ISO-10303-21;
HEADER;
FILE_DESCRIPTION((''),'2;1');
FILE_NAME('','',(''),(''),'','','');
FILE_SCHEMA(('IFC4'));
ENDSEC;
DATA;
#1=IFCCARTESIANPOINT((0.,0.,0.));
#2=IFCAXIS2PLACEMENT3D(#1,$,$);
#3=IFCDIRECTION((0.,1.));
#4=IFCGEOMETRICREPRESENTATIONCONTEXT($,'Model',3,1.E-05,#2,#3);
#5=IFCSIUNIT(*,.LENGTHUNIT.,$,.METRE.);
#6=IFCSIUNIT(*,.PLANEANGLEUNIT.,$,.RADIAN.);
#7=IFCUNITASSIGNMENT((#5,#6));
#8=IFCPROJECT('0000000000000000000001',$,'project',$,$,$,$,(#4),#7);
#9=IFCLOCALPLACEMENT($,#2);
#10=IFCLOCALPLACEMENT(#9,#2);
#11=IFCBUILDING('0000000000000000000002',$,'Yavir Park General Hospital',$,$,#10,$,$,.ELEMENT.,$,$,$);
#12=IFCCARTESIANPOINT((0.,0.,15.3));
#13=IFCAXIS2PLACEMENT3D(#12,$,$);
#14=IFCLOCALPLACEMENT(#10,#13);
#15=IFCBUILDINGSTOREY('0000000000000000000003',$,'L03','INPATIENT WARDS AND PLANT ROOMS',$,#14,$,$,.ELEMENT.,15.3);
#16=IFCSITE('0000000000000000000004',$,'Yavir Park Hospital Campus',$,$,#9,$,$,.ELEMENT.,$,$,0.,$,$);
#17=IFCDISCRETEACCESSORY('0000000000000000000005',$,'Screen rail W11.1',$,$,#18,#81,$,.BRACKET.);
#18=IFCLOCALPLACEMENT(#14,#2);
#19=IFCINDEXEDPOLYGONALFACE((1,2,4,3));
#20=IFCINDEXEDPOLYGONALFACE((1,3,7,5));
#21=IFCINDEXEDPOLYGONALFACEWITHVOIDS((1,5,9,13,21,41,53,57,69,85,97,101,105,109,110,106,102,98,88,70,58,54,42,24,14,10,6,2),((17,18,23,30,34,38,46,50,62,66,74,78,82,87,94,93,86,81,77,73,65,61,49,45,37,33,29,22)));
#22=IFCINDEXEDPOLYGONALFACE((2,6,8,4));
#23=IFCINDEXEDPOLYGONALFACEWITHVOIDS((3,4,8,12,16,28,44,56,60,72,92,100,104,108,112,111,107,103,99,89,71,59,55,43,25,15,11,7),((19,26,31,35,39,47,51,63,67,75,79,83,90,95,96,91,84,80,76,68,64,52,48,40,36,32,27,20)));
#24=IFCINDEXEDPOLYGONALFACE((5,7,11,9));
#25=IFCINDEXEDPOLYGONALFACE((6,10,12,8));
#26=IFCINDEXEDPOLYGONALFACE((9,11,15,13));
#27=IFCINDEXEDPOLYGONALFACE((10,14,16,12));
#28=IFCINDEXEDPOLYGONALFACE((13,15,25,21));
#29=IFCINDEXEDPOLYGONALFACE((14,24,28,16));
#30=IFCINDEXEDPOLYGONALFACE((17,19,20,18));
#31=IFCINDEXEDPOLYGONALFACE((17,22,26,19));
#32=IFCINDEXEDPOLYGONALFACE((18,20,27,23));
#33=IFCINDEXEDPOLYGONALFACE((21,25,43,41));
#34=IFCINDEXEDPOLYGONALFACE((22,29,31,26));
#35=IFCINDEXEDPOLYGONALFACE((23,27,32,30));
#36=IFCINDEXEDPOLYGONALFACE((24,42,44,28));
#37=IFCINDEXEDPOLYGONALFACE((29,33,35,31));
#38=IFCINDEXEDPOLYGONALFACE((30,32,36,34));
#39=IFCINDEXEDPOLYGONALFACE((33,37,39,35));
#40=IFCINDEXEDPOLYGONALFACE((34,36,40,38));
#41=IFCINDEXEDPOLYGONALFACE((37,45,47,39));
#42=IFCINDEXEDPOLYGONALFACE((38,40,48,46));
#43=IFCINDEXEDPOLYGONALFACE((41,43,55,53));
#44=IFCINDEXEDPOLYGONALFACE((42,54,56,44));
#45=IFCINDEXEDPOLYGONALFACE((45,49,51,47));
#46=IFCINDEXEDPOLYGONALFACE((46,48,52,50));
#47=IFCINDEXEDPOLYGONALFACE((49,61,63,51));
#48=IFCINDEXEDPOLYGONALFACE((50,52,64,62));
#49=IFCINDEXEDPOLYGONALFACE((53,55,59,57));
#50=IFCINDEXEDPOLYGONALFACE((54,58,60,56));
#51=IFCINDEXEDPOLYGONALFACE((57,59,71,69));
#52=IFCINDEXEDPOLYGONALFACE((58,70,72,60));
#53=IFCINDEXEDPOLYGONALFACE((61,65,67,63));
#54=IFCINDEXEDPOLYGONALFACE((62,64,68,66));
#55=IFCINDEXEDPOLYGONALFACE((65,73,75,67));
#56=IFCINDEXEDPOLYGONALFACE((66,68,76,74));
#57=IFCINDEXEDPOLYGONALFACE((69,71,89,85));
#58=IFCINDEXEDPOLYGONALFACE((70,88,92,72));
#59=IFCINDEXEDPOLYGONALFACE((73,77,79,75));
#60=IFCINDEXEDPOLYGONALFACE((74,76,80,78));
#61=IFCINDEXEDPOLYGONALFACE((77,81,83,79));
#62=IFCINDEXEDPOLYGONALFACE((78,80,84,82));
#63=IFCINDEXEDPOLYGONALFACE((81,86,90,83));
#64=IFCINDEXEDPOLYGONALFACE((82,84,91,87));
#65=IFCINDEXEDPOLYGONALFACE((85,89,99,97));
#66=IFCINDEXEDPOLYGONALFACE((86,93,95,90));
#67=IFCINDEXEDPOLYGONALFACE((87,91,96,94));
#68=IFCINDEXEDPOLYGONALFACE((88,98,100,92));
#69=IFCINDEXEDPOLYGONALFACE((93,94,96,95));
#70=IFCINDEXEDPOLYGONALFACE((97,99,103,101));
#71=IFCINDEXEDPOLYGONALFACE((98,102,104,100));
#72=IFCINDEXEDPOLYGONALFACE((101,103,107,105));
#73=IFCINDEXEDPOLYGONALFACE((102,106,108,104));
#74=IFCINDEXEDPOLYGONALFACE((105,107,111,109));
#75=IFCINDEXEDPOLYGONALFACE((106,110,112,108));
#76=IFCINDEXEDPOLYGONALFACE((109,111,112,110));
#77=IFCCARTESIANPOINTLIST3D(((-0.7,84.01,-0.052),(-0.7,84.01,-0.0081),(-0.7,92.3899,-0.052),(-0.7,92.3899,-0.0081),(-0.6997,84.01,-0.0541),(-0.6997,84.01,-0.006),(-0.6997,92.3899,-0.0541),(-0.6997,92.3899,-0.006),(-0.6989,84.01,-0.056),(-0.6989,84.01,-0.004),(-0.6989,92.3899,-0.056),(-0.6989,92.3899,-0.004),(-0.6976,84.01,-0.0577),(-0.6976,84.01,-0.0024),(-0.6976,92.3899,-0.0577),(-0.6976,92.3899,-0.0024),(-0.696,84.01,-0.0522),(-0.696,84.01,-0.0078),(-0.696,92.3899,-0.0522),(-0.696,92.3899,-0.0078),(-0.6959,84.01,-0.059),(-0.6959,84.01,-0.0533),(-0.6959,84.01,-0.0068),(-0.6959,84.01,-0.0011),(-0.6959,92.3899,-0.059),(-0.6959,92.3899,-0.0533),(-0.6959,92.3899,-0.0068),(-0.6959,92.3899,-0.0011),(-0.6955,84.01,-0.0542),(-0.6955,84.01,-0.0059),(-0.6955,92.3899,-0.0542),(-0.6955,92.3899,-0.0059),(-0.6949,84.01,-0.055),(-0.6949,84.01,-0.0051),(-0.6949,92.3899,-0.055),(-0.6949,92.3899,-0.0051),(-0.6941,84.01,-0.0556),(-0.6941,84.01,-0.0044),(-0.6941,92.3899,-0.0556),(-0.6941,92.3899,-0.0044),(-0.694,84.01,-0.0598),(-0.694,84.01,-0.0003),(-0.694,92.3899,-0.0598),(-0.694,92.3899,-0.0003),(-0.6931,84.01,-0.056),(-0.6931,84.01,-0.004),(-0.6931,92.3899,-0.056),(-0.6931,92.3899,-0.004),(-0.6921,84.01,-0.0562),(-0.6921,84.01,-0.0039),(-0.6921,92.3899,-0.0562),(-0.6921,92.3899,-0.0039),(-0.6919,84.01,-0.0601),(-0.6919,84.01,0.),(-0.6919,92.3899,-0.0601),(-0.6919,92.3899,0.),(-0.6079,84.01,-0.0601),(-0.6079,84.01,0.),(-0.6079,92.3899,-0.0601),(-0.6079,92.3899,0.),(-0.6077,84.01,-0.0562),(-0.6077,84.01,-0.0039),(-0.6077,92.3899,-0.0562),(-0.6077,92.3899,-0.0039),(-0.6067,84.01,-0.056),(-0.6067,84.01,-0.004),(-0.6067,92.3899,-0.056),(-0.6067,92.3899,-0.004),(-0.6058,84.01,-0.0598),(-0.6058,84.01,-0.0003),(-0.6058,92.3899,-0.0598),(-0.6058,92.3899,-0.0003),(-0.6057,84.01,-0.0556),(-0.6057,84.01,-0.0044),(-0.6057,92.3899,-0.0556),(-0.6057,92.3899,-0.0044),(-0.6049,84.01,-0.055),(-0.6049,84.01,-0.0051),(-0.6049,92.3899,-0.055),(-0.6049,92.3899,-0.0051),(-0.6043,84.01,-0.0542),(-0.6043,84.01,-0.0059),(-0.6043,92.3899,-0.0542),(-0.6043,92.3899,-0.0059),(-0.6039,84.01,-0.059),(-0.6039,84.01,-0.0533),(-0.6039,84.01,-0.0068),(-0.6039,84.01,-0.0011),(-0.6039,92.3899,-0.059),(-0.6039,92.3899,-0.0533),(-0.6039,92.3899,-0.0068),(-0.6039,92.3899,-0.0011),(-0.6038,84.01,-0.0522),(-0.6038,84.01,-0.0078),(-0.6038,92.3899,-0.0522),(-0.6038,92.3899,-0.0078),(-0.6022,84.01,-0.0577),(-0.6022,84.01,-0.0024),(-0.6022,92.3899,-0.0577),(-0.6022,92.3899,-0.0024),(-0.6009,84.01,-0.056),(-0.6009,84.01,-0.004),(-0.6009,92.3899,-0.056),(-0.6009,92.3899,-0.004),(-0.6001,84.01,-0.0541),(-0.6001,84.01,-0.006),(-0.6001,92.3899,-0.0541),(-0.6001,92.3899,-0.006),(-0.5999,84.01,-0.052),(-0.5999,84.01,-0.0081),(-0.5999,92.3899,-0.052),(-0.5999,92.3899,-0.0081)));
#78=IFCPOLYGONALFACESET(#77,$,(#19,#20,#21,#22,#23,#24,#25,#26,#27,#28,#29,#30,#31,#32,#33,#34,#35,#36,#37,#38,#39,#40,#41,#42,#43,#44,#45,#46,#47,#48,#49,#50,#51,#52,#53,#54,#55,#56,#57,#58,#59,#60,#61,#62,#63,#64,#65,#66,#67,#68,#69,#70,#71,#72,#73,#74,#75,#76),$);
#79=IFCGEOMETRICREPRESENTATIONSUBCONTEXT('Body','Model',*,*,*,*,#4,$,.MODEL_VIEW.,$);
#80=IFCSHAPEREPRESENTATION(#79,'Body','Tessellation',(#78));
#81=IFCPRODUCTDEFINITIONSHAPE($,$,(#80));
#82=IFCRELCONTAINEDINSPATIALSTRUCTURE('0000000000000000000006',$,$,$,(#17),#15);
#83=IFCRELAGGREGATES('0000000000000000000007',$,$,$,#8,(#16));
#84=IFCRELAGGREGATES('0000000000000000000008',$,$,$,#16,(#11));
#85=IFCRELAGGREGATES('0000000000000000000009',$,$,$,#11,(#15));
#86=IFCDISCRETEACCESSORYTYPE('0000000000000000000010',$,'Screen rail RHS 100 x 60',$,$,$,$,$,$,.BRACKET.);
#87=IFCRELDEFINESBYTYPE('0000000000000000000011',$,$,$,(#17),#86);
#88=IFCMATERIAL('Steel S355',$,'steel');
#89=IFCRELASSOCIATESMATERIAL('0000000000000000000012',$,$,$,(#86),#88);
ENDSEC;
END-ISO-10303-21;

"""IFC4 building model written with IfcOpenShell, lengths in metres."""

from ifc_helpers import new_model, si_unit, direction, frame, origin, origin_2d, place, context, subcontext, project, spatial, hollow_rectangle, extrude, material, material_profile, profile_set, type_object, element, save


model = new_model("IFC4")

# Units and contexts
model_context = context("Model", 3, precision=1e-05, world=origin(), true_north=direction((0.0, 1.0)))
body_context = subcontext(model_context, "Body", "Model", "MODEL_VIEW")
ifc_project = project(units=[si_unit("LENGTHUNIT", "METRE"), si_unit("PLANEANGLEUNIT", "RADIAN")], contexts=[model_context])

# Site, building, storey
site_placement = place(None, origin())
site = spatial("IfcSite", under=ifc_project, at=site_placement, Name="Yavir Park Hospital Campus", CompositionType="ELEMENT", RefElevation=0.0)
building_placement = place(site_placement, origin())
building = spatial("IfcBuilding", under=site, at=building_placement, Name="Yavir Park General Hospital", CompositionType="ELEMENT")
storey_placement = place(building_placement, frame((0.0, 0.0, 15.3)))
storey = spatial("IfcBuildingStorey", under=building, at=storey_placement, Name="L03", Description="INPATIENT WARDS AND PLANT ROOMS", CompositionType="ELEMENT", Elevation=15.3)

# Discrete accessory
ifc_material_1 = material(Name="Steel S355", Category="steel")
ifc_material_profile_1 = material_profile(ifc_material_1, hollow_rectangle(XDim=0.1001, YDim=0.0601, WallThickness=0.0039, InnerFilletRadius=0.0039, OuterFilletRadius=0.0081, at=origin_2d()), Name="RHS60x100x4")
ifc_profile_set_1 = profile_set([ifc_material_profile_1], Name="Steel S355")
discrete_accessory_type_1 = type_object("IfcDiscreteAccessoryType", Name="Screen rail RHS 100 x 60", PredefinedType="BRACKET", material=ifc_profile_set_1)
discrete_accessory_1_placement = place(storey_placement, frame((-0.6499, 84.01, -0.03), z_axis=(0.0, 1.0, 0.0), x_axis=(-1.0, 0.0, 0.0)))
element("IfcDiscreteAccessory", 1, at=discrete_accessory_1_placement, inside=storey, type_object=discrete_accessory_type_1, Name="Screen rail W11.1", PredefinedType="BRACKET", context=body_context, shape_type="SweptSolid", body=[
    extrude(hollow_rectangle(XDim=0.1001, YDim=0.0601, WallThickness=0.0039, InnerFilletRadius=0.0039, OuterFilletRadius=0.0081, at=origin_2d()), origin(), (0.0, 0.0, 1.0), 8.3799),
])

save(model, "model.ifc")
